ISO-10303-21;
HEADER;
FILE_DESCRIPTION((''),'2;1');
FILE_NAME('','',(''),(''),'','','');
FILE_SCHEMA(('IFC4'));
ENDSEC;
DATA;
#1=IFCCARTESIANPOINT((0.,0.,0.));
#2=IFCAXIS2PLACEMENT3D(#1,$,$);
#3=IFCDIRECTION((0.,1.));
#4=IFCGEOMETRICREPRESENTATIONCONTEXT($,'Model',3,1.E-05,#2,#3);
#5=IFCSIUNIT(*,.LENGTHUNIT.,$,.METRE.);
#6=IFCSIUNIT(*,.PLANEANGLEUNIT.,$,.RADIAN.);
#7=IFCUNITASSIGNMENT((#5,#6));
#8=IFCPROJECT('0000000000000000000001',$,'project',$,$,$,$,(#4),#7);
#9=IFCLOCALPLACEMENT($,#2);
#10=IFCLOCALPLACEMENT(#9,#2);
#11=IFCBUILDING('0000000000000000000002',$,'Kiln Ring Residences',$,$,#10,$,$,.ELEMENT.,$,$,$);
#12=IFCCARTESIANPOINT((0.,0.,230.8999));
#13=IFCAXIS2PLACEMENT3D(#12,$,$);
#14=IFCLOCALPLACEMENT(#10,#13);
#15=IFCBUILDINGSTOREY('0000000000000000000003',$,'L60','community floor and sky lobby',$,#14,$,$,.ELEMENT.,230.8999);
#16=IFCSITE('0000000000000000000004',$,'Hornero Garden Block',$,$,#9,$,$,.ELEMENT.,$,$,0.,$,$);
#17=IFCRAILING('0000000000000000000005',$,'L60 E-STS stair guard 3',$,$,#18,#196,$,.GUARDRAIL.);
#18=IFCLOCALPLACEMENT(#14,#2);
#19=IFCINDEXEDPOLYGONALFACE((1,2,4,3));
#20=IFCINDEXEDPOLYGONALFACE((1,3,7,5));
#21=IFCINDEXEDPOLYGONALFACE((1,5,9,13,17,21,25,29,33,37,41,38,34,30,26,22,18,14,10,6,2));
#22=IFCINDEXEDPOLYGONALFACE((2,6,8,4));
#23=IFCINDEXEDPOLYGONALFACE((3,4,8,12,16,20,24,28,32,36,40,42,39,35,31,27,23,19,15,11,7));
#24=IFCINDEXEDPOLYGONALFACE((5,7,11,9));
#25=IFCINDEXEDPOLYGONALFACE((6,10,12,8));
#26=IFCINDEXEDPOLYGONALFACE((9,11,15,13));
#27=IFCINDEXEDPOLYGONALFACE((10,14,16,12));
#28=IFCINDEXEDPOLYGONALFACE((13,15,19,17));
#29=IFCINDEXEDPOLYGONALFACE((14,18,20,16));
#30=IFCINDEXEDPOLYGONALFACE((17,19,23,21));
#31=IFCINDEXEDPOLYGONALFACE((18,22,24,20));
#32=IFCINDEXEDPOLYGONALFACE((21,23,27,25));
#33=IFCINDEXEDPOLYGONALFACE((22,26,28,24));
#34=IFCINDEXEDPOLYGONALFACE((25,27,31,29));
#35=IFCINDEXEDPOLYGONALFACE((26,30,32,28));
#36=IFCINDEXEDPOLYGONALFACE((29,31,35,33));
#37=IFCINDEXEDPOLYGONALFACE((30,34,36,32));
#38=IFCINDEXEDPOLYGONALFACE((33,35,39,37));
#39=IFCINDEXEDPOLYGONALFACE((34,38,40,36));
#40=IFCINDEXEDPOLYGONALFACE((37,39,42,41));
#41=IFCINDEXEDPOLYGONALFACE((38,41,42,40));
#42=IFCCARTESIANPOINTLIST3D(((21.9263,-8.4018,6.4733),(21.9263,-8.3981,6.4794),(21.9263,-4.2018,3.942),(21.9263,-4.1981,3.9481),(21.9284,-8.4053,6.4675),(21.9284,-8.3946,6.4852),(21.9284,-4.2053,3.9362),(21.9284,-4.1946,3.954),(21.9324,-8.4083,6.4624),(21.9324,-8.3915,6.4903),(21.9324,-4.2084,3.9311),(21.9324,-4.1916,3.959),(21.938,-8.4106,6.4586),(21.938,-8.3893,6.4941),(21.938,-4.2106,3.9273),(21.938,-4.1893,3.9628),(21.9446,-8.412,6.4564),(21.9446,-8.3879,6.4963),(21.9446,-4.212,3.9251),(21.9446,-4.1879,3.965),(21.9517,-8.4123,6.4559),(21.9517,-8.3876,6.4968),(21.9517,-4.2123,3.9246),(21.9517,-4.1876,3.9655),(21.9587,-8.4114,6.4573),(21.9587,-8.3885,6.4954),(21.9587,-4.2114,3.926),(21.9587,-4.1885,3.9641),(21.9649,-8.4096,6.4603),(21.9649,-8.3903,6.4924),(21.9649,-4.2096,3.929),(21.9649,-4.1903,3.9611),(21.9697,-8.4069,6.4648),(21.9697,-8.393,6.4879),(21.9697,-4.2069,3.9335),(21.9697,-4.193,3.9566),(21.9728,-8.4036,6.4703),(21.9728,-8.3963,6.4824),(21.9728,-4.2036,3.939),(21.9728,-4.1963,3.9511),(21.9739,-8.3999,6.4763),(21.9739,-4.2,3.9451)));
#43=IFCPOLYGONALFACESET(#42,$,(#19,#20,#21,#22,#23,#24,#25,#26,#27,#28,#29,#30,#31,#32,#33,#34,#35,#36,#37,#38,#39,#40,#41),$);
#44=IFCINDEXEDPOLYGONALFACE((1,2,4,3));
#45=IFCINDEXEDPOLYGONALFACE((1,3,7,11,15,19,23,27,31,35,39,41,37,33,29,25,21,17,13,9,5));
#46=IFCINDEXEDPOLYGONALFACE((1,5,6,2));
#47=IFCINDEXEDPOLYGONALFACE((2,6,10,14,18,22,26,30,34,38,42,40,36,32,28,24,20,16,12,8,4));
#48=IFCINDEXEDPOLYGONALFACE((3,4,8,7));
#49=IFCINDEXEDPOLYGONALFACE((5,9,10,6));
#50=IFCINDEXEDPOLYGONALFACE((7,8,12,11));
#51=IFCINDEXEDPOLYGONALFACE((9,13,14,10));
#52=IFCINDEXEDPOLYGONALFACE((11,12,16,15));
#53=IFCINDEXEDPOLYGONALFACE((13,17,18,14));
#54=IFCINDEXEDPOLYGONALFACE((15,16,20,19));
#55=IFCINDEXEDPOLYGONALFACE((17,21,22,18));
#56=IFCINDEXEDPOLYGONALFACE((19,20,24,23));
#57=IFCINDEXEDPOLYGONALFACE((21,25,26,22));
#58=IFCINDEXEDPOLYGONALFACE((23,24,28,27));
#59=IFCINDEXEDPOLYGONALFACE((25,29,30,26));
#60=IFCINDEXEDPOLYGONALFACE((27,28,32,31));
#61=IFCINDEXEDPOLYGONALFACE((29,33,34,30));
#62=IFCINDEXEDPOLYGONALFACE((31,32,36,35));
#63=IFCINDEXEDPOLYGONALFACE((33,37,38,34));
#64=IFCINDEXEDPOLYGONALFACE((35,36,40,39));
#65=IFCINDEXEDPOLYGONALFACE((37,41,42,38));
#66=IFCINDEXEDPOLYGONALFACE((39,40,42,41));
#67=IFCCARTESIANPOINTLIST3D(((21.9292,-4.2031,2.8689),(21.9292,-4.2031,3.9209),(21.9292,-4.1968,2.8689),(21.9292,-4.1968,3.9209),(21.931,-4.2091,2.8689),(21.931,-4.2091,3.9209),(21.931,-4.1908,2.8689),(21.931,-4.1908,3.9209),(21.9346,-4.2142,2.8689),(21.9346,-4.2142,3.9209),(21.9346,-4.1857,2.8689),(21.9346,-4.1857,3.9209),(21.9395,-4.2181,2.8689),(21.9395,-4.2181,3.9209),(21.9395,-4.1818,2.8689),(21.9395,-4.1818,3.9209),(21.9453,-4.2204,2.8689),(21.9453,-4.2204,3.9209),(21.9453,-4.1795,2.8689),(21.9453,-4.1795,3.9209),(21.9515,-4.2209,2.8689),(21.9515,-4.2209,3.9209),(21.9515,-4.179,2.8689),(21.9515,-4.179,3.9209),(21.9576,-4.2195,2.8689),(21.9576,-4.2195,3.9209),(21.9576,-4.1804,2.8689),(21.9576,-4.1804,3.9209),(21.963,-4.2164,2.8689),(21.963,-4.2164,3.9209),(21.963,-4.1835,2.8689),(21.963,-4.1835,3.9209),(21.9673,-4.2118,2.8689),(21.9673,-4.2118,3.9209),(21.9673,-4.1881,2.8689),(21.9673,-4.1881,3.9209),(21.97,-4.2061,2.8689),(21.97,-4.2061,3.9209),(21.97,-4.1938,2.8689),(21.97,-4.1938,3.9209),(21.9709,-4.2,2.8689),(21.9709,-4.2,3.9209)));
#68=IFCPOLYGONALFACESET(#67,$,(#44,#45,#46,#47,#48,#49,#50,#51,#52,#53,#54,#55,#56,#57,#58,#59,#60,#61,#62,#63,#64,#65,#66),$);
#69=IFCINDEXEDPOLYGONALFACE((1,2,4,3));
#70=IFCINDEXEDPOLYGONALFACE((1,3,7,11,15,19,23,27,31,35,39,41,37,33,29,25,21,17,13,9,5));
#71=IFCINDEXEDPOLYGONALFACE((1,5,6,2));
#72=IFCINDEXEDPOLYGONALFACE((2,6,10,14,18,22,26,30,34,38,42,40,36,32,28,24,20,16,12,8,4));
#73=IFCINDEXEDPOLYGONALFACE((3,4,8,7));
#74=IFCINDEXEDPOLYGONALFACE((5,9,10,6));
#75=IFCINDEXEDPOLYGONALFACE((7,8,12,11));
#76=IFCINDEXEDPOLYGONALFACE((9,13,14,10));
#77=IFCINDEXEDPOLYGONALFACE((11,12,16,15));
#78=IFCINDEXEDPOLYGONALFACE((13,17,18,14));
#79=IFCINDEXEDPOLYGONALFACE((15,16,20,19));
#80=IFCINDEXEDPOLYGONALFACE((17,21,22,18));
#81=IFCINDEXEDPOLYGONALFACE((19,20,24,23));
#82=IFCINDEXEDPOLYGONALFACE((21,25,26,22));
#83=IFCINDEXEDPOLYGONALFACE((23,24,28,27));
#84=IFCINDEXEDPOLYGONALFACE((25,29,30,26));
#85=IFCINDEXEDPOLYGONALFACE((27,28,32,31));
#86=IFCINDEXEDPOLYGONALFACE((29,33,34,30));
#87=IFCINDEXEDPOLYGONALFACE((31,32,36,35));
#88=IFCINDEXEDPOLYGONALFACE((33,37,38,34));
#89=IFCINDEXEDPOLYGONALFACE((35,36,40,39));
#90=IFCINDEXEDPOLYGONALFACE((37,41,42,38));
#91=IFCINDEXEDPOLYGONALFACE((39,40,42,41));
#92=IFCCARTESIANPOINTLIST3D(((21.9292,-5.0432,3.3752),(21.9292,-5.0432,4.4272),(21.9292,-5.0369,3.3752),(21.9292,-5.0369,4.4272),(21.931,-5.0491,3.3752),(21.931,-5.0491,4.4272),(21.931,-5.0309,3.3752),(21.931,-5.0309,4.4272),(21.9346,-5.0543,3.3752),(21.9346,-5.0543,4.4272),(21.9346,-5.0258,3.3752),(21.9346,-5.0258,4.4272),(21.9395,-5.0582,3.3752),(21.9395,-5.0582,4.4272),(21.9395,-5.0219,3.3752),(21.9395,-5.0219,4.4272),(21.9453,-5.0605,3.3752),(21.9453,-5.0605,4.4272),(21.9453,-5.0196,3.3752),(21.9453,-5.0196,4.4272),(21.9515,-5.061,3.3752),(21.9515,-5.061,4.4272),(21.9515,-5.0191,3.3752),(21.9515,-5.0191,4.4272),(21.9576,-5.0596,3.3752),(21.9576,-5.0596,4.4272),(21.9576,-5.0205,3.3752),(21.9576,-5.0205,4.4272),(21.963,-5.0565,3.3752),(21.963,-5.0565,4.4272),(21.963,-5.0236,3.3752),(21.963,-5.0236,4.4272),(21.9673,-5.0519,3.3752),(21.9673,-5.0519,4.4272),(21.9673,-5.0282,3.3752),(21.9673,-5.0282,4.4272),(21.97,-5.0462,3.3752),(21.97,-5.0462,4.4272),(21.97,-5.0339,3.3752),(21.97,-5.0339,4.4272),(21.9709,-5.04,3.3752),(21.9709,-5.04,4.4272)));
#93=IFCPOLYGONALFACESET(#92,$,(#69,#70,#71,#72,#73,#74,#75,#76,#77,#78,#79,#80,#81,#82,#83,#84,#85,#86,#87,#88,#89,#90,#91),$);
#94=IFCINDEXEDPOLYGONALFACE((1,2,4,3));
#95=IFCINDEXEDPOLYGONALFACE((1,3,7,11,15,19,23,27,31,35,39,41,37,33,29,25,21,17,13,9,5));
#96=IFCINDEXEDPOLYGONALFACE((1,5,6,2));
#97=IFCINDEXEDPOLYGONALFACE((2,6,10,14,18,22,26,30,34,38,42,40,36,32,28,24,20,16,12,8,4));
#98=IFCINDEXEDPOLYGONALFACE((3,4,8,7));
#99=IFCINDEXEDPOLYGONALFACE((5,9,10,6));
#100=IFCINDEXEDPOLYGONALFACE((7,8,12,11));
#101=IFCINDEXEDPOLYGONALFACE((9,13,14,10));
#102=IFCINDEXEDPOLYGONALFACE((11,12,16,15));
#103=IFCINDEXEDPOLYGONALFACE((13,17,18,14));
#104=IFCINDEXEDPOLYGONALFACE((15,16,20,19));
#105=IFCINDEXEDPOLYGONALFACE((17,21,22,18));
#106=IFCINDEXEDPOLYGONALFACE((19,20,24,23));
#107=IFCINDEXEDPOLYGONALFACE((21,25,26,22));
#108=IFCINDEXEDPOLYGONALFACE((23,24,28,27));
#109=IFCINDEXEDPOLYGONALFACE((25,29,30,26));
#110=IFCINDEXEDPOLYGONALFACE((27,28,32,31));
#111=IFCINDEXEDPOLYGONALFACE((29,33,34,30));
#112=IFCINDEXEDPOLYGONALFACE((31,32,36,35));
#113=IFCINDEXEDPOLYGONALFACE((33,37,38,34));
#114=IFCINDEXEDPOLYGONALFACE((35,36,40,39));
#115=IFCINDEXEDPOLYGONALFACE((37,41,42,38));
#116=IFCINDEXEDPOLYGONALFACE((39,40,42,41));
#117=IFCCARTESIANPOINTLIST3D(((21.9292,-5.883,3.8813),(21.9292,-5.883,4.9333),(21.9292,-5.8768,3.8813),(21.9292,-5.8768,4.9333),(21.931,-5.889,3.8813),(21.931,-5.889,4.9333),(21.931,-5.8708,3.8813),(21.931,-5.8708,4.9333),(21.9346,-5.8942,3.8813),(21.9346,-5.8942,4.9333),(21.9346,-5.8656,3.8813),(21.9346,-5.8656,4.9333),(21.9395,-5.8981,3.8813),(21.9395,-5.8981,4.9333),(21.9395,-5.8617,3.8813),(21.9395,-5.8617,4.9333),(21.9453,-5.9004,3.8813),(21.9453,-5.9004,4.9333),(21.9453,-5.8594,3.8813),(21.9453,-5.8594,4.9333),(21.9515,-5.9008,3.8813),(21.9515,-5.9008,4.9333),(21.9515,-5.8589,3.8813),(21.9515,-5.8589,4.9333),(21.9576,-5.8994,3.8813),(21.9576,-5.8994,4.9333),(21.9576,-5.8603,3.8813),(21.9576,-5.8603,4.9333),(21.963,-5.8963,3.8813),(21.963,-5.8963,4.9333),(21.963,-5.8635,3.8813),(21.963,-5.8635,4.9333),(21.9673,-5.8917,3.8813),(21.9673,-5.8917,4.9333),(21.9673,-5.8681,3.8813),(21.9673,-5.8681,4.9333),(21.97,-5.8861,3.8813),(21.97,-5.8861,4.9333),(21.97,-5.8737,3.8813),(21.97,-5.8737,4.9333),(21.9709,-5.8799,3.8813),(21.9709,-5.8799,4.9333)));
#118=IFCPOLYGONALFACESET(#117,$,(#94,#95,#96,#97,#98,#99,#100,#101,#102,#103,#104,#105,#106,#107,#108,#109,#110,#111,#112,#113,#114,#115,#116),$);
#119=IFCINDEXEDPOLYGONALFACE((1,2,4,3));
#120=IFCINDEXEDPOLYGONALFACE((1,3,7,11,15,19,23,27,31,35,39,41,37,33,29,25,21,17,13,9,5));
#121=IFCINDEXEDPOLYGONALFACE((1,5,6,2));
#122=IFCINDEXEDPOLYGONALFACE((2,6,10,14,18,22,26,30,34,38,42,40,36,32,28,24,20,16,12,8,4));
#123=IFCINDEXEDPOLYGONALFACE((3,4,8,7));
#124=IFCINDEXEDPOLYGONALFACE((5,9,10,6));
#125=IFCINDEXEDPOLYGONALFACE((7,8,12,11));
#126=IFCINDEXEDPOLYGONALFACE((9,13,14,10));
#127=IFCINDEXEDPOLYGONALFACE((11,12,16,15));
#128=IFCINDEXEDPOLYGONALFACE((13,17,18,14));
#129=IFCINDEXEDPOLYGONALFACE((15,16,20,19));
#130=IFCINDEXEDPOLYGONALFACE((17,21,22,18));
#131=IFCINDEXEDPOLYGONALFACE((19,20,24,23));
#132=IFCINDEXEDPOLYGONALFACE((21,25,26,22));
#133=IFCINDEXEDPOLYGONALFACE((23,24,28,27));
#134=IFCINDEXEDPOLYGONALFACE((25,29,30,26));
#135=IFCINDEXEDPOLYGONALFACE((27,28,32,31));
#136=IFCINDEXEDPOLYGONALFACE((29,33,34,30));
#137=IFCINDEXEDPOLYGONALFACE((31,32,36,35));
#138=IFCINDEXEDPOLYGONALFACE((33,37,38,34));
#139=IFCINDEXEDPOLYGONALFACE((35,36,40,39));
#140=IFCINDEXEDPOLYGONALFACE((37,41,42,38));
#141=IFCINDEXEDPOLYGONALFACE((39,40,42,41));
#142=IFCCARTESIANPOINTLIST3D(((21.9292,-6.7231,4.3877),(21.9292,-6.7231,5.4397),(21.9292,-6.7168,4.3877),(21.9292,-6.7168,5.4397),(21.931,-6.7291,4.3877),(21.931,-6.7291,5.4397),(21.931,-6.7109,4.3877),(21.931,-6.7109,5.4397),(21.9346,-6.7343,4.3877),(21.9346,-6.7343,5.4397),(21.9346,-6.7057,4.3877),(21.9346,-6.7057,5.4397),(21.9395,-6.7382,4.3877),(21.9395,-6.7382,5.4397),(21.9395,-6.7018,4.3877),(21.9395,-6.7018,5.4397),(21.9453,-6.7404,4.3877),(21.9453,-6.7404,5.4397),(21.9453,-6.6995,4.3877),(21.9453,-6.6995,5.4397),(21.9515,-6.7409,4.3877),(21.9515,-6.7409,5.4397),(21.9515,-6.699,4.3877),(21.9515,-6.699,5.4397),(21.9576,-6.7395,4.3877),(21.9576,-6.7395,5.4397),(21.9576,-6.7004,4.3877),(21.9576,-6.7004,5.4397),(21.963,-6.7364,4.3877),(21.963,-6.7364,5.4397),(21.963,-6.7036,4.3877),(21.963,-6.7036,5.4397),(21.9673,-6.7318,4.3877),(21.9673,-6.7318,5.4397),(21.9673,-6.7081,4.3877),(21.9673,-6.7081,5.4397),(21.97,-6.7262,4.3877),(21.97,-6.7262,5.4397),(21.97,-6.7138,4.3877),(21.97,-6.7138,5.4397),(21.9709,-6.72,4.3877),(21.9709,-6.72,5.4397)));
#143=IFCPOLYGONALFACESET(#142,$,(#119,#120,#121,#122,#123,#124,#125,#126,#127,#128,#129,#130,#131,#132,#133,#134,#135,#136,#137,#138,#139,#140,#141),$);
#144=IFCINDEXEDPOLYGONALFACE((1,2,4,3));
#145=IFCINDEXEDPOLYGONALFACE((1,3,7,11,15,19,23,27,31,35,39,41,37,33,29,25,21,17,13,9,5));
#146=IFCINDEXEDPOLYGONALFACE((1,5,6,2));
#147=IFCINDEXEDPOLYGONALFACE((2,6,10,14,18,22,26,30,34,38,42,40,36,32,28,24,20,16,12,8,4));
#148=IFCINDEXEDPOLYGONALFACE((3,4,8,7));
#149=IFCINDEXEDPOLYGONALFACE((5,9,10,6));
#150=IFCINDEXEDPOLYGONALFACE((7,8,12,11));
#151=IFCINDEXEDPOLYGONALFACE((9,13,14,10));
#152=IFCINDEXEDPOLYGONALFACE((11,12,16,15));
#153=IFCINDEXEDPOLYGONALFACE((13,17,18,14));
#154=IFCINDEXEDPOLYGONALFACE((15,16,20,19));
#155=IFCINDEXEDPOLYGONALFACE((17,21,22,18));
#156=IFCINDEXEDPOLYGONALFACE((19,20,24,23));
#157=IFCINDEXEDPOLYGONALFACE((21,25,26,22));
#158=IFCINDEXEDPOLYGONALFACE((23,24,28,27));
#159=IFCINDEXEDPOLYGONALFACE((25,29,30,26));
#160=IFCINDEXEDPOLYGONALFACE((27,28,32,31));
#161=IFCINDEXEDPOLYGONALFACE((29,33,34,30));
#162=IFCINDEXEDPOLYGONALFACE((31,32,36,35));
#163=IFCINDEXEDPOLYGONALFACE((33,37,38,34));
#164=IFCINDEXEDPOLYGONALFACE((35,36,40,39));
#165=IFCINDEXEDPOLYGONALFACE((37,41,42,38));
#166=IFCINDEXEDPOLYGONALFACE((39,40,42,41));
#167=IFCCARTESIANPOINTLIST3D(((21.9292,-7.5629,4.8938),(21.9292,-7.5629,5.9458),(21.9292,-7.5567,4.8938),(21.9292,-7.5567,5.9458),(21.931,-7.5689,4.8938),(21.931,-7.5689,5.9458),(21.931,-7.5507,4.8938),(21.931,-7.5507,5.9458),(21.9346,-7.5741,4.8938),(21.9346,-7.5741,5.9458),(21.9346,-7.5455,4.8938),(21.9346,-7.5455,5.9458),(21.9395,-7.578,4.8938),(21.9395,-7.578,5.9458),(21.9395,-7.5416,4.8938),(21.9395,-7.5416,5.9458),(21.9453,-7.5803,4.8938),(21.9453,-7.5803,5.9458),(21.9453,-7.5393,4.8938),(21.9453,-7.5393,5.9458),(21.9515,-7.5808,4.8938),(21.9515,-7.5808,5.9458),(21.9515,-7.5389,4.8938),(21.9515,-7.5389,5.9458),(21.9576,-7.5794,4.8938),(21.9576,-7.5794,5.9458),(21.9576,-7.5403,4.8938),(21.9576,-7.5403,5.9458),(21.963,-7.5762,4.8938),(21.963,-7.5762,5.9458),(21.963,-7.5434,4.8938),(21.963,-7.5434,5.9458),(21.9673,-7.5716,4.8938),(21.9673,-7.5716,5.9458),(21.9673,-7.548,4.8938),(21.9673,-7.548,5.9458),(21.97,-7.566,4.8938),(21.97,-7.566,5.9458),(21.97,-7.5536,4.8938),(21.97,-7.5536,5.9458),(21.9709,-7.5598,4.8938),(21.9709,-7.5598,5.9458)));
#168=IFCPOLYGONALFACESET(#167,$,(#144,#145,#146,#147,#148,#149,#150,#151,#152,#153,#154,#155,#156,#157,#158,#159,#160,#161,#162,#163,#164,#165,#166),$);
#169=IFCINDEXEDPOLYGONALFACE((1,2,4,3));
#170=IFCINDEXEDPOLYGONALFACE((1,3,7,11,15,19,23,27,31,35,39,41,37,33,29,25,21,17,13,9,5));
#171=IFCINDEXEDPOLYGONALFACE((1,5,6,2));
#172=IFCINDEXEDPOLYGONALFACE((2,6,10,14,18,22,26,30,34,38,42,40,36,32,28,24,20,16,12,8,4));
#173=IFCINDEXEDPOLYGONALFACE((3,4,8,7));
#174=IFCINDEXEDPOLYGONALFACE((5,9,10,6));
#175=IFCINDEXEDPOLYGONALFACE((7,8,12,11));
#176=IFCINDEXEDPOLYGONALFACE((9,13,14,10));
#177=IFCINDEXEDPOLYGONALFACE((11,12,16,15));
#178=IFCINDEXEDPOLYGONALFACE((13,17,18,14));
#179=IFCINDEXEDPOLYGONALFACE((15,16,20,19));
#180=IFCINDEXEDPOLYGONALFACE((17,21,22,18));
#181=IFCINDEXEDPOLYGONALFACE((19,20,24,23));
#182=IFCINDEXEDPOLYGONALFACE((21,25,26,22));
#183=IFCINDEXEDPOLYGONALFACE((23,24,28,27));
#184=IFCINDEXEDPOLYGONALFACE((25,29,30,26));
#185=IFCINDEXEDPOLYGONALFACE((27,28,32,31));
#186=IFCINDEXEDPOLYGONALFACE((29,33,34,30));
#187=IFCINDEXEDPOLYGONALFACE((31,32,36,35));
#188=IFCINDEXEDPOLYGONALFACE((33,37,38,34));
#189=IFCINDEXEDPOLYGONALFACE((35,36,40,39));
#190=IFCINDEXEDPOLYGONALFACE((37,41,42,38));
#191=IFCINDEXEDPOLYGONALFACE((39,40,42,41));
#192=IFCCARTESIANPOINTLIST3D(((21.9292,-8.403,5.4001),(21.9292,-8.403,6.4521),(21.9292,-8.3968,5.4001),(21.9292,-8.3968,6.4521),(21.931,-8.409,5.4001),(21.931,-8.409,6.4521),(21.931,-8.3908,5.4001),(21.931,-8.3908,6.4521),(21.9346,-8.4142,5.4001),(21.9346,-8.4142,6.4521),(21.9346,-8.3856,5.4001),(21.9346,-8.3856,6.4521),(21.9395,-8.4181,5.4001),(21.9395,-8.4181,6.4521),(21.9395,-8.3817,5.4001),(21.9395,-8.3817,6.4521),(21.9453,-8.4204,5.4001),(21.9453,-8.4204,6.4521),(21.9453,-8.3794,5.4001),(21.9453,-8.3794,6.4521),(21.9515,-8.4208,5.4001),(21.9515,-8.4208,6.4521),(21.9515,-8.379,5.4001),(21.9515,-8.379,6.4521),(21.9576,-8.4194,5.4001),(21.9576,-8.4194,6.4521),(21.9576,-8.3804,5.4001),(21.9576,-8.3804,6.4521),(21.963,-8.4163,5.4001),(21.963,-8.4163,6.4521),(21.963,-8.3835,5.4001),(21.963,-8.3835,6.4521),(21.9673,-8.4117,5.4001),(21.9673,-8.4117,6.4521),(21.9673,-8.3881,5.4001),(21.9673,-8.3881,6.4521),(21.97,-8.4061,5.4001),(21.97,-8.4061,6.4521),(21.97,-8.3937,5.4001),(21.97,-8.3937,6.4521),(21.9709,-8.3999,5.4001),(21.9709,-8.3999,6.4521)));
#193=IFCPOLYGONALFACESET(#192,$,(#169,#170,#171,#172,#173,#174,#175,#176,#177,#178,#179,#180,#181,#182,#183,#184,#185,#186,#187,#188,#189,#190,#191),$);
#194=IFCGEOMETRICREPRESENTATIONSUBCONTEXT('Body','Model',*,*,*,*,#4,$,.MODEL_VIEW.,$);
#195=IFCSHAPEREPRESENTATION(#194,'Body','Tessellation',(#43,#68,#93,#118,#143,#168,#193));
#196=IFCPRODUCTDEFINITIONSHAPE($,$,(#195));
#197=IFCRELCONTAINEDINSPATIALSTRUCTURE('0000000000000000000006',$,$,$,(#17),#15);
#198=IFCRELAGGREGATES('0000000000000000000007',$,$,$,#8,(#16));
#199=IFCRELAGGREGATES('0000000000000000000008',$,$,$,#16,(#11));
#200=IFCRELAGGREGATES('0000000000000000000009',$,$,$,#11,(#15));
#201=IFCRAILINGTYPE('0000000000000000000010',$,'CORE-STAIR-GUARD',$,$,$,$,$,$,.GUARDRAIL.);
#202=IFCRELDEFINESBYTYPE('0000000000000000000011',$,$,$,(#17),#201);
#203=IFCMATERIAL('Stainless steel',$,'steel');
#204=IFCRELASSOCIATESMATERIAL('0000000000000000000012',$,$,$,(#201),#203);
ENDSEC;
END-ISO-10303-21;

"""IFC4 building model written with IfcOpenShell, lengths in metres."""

from ifc_helpers import new_model, si_unit, direction, frame, origin, origin_2d, place, context, subcontext, project, spatial, circle, extrude, material, type_object, element, save


model = new_model("IFC4")

# Units and contexts
model_context = context("Model", 3, precision=1e-05, world=origin(), true_north=direction((0.0, 1.0)))
body_context = subcontext(model_context, "Body", "Model", "MODEL_VIEW")
ifc_project = project(units=[si_unit("LENGTHUNIT", "METRE"), si_unit("PLANEANGLEUNIT", "RADIAN")], contexts=[model_context])

# Site, building, storey
site_placement = place(None, origin())
site = spatial("IfcSite", under=ifc_project, at=site_placement, Name="Hornero Garden Block", CompositionType="ELEMENT", RefElevation=0.0)
building_placement = place(site_placement, origin())
building = spatial("IfcBuilding", under=site, at=building_placement, Name="Kiln Ring Residences", CompositionType="ELEMENT")
storey_placement = place(building_placement, frame((0.0, 0.0, 230.8999)))
storey = spatial("IfcBuildingStorey", under=building, at=storey_placement, Name="L60", Description="community floor and sky lobby", CompositionType="ELEMENT", Elevation=230.8999)

# Railing
ifc_material_1 = material(Name="Stainless steel", Category="steel")
railing_type_1 = type_object("IfcRailingType", Name="CORE-STAIR-GUARD", PredefinedType="GUARDRAIL", material=ifc_material_1)
railing_1_placement = place(storey_placement, frame((21.95, -4.2, 2.8689)))
element("IfcRailing", 1, at=railing_1_placement, inside=storey, type_object=railing_type_1, Name="L60 E-STS stair guard 3", PredefinedType="GUARDRAIL", context=body_context, shape_type="SweptSolid", body=[
    extrude(circle(Radius=0.0239, at=origin_2d()), frame((0.0, 0.0, 1.0762), z_axis=(0.0, -0.856476, 0.516186), x_axis=(1.0, 0.0, 0.0)), (0.0, 0.0, 1.0), 4.9038),
    extrude(circle(Radius=0.021, at=origin_2d()), origin(), (0.0, 0.0, 1.0), 1.052),
    extrude(circle(Radius=0.021, at=origin_2d()), frame((0.0, -0.8401, 0.5063)), (0.0, 0.0, 1.0), 1.052),
    extrude(circle(Radius=0.021, at=origin_2d()), frame((0.0, -1.6799, 1.0125)), (0.0, 0.0, 1.0), 1.052),
    extrude(circle(Radius=0.021, at=origin_2d()), frame((0.0, -2.52, 1.5188)), (0.0, 0.0, 1.0), 1.052),
    extrude(circle(Radius=0.021, at=origin_2d()), frame((0.0, -3.3599, 2.0249)), (0.0, 0.0, 1.0), 1.052),
    extrude(circle(Radius=0.021, at=origin_2d()), frame((0.0, -4.2, 2.5312)), (0.0, 0.0, 1.0), 1.052),
])

save(model, "model.ifc")
